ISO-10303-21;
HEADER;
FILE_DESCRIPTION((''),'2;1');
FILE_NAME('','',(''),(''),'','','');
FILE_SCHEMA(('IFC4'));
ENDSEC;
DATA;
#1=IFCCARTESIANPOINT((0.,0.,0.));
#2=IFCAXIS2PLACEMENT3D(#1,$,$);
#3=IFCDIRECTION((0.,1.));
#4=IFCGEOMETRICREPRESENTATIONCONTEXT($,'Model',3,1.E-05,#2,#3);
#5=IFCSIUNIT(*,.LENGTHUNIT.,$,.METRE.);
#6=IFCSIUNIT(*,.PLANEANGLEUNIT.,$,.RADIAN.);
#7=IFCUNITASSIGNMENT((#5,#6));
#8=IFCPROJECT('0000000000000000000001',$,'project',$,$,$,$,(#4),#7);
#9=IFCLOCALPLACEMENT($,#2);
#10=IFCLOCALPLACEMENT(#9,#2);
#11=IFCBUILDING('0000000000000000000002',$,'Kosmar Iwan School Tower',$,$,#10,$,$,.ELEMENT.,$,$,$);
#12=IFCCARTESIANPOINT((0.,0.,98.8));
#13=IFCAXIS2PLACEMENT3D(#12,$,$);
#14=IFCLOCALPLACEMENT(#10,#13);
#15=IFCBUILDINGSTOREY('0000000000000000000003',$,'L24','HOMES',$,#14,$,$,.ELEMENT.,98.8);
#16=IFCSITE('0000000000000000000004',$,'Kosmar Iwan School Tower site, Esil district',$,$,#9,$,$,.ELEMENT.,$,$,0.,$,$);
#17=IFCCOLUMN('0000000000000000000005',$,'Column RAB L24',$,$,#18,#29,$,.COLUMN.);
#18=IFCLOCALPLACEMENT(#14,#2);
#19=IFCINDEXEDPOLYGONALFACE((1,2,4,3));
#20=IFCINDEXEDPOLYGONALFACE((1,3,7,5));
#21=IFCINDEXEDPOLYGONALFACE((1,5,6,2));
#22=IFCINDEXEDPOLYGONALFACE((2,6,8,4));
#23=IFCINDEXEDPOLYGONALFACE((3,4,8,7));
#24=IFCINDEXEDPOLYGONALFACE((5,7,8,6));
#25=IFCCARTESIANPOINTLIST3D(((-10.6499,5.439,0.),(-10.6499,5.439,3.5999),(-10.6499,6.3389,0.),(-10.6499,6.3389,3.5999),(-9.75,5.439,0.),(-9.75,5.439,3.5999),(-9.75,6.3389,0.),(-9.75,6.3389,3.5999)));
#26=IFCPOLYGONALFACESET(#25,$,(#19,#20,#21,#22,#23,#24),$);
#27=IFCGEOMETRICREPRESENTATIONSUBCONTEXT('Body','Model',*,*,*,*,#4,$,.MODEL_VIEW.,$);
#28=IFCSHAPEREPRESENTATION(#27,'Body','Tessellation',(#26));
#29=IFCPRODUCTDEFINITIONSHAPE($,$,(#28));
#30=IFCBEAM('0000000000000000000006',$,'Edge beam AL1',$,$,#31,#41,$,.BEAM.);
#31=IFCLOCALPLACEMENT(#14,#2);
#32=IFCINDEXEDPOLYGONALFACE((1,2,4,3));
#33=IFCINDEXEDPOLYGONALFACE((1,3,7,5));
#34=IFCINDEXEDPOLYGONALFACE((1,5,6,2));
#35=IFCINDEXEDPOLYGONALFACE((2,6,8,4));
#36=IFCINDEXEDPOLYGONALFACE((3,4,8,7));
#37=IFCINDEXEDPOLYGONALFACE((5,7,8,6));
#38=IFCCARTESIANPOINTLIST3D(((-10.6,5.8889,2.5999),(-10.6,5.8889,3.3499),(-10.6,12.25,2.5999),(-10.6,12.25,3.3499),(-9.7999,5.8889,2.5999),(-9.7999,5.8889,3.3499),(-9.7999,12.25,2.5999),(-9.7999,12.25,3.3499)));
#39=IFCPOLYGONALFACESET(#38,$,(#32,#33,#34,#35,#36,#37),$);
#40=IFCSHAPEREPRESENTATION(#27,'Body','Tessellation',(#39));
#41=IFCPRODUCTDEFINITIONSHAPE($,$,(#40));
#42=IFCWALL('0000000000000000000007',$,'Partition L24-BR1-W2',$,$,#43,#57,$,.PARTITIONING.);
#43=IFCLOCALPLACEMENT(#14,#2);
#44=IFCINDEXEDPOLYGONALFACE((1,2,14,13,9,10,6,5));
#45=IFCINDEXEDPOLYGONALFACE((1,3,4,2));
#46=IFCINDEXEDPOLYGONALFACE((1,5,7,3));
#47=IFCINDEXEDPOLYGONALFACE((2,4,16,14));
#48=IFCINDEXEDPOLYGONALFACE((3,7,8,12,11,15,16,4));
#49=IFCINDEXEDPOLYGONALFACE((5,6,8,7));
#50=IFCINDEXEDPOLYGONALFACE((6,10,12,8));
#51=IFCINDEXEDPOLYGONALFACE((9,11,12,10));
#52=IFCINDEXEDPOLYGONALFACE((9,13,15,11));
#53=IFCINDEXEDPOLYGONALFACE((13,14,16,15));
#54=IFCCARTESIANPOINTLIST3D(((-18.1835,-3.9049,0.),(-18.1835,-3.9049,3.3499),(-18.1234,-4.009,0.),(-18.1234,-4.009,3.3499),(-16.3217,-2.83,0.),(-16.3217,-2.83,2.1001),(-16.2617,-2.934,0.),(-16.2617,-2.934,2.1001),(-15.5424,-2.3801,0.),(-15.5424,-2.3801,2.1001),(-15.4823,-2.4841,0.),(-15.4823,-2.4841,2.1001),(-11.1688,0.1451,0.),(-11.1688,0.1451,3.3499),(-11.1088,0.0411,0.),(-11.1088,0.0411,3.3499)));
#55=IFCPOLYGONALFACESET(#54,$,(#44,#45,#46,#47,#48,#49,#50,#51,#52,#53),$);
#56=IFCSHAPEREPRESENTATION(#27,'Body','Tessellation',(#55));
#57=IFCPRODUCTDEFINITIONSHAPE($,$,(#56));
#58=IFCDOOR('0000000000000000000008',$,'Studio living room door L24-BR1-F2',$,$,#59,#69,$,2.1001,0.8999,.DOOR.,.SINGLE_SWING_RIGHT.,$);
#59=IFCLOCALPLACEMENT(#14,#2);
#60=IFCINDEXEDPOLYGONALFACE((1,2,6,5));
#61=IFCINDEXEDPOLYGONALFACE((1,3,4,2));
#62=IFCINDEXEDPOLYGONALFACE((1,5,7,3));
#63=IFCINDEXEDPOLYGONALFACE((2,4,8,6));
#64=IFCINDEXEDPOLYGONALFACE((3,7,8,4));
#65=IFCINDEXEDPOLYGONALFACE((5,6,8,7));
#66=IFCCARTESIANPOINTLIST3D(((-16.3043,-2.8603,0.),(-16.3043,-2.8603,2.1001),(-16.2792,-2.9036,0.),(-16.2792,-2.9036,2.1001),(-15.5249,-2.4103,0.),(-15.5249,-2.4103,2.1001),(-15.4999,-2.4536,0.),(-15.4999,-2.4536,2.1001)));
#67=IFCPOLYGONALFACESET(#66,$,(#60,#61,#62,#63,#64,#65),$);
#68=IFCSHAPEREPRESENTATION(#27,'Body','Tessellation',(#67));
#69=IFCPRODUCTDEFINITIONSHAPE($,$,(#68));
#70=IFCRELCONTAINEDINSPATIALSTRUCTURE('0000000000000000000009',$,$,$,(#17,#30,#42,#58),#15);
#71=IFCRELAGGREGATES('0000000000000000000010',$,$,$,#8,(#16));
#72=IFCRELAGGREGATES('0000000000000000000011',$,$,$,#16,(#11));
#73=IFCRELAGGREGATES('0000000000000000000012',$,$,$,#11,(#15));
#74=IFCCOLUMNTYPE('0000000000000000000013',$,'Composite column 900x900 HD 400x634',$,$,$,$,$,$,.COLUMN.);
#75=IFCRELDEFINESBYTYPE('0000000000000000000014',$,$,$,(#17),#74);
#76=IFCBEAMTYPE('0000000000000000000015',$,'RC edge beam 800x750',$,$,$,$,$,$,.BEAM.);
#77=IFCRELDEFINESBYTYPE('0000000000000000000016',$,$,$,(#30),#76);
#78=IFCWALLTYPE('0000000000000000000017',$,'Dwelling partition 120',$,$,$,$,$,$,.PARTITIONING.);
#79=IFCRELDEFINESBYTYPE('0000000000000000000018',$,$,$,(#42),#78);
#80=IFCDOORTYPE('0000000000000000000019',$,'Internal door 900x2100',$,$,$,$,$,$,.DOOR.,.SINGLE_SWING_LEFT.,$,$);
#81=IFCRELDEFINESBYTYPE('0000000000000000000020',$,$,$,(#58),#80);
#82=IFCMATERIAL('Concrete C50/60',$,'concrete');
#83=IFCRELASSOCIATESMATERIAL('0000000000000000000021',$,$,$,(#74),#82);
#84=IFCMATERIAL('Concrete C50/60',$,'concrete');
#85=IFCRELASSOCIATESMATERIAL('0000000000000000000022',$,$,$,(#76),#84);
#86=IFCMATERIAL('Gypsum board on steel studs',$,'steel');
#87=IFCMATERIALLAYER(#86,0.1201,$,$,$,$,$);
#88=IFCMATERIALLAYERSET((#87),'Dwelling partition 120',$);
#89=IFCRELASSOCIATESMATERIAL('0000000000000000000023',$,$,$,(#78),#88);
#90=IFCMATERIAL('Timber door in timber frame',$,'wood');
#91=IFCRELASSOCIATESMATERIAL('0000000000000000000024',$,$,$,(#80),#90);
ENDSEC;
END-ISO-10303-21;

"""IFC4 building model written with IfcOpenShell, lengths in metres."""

from ifc_helpers import new_model, si_unit, direction, frame, frame_2d, origin, origin_2d, place, context, subcontext, project, spatial, rectangle, extrude, material, layer, layer_set, material_profile, profile_set, type_object, element, fill, save


model = new_model("IFC4")

# Units and contexts
model_context = context("Model", 3, precision=1e-05, world=origin(), true_north=direction((0.0, 1.0)))
body_context = subcontext(model_context, "Body", "Model", "MODEL_VIEW")
ifc_project = project(units=[si_unit("LENGTHUNIT", "METRE"), si_unit("PLANEANGLEUNIT", "RADIAN")], contexts=[model_context])

# Site, building, storey
site_placement = place(None, origin())
site = spatial("IfcSite", under=ifc_project, at=site_placement, Name="Kosmar Iwan School Tower site, Esil district", CompositionType="ELEMENT", RefElevation=0.0)
building_placement = place(site_placement, origin())
building = spatial("IfcBuilding", under=site, at=building_placement, Name="Kosmar Iwan School Tower", CompositionType="ELEMENT")
storey_placement = place(building_placement, frame((0.0, 0.0, 98.8)))
storey = spatial("IfcBuildingStorey", under=building, at=storey_placement, Name="L24", Description="HOMES", CompositionType="ELEMENT", Elevation=98.8)

# Column
ifc_material_1 = material(Name="Concrete C50/60", Category="concrete")
ifc_material_profile_1 = material_profile(ifc_material_1, rectangle(XDim=0.8999, YDim=0.8999, at=origin_2d()), Name="RC 900x900 + HD 400x634")
ifc_profile_set_1 = profile_set([ifc_material_profile_1], Name="Concrete C50/60")
column_type = type_object("IfcColumnType", Name="Composite column 900x900 HD 400x634", PredefinedType="COLUMN", material=ifc_profile_set_1)
column_placement = place(storey_placement, frame((-10.2, 5.8889, 0.0), z_axis=(0.0, 0.0, 1.0), x_axis=(1.0, 0.0, 0.0)))
element("IfcColumn", 1, at=column_placement, inside=storey, type_object=column_type, Name="Column RAB L24", PredefinedType="COLUMN", context=body_context, shape_type="SweptSolid", body=[
    extrude(rectangle(XDim=0.8999, YDim=0.8999, at=origin_2d()), origin(), (0.0, 0.0, 1.0), 3.5999),
])

# Beam
ifc_material_2 = material(Name="Concrete C50/60", Category="concrete")
ifc_material_profile_2 = material_profile(ifc_material_2, rectangle(XDim=0.8, YDim=0.75, at=origin_2d()), Name="RC 800x750")
ifc_profile_set_2 = profile_set([ifc_material_profile_2], Name="Concrete C50/60")
beam_type = type_object("IfcBeamType", Name="RC edge beam 800x750", PredefinedType="BEAM", material=ifc_profile_set_2)
beam_placement = place(storey_placement, frame((-10.2, 5.8889, 2.9749), z_axis=(0.0, 1.0, 0.0), x_axis=(-1.0, 0.0, 0.0)))
element("IfcBeam", 2, at=beam_placement, inside=storey, type_object=beam_type, Name="Edge beam AL1", PredefinedType="BEAM", context=body_context, shape_type="SweptSolid", body=[
    extrude(rectangle(XDim=0.8, YDim=0.75, at=origin_2d()), origin(), (0.0, 0.0, 1.0), 6.3611),
])

# Wall, opening, door
ifc_material_3 = material(Name="Gypsum board on steel studs", Category="steel")
ifc_layer = layer(ifc_material_3, 0.1201)
ifc_layer_set = layer_set([ifc_layer], Name="Dwelling partition 120")
wall_type = type_object("IfcWallType", Name="Dwelling partition 120", PredefinedType="PARTITIONING", material=ifc_layer_set)
wall_placement = place(storey_placement, frame((-11.1389, 0.093, 0.0), z_axis=(0.0, 0.0, 1.0), x_axis=(-0.866018, -0.500013, 0.0)))
wall = element("IfcWall", 3, at=wall_placement, inside=storey, type_object=wall_type, Name="Partition L24-BR1-W2", PredefinedType="PARTITIONING", context=body_context, shape_type="SweptSolid", body=[
    extrude(rectangle(XDim=8.0999, YDim=0.1201, at=frame_2d((4.0498, 0.0))), origin(), (0.0, 0.0, 1.0), 3.3499),
])
opening_placement = place(wall_placement, frame((5.05, 0.0, 0.0)))
opening = element("IfcOpeningElement", 4, at=opening_placement, cuts=wall, PredefinedType="OPENING", context=body_context, shape_type="SweptSolid", body=[
    extrude(rectangle(XDim=0.8999, YDim=2.1001, at=frame_2d((0.45, 1.05))), frame((0.0, 0.072, 0.0), z_axis=(0.0, -1.0, 0.0), x_axis=(1.0, 0.0, 0.0)), (0.0, 0.0, 1.0), 0.144),
])
ifc_material_4 = material(Name="Timber door in timber frame", Category="wood")
door_type = type_object("IfcDoorType", Name="Internal door 900x2100", OperationType="SINGLE_SWING_LEFT", PredefinedType="DOOR", material=ifc_material_4)
door_placement = place(opening_placement, origin())
door = element("IfcDoor", 5, at=door_placement, inside=storey, type_object=door_type, Name="Studio living room door L24-BR1-F2", OperationType="SINGLE_SWING_RIGHT", OverallHeight=2.1001, OverallWidth=0.8999, PredefinedType="DOOR", context=body_context, shape_type="SweptSolid", body=[
    extrude(rectangle(XDim=0.8999, YDim=2.1001, at=frame_2d((0.45, 1.05))), frame((0.0, 0.0249, 0.0), z_axis=(0.0, -1.0, 0.0), x_axis=(1.0, 0.0, 0.0)), (0.0, 0.0, 1.0), 0.05),
])
fill(opening, door)

save(model, "model.ifc")
